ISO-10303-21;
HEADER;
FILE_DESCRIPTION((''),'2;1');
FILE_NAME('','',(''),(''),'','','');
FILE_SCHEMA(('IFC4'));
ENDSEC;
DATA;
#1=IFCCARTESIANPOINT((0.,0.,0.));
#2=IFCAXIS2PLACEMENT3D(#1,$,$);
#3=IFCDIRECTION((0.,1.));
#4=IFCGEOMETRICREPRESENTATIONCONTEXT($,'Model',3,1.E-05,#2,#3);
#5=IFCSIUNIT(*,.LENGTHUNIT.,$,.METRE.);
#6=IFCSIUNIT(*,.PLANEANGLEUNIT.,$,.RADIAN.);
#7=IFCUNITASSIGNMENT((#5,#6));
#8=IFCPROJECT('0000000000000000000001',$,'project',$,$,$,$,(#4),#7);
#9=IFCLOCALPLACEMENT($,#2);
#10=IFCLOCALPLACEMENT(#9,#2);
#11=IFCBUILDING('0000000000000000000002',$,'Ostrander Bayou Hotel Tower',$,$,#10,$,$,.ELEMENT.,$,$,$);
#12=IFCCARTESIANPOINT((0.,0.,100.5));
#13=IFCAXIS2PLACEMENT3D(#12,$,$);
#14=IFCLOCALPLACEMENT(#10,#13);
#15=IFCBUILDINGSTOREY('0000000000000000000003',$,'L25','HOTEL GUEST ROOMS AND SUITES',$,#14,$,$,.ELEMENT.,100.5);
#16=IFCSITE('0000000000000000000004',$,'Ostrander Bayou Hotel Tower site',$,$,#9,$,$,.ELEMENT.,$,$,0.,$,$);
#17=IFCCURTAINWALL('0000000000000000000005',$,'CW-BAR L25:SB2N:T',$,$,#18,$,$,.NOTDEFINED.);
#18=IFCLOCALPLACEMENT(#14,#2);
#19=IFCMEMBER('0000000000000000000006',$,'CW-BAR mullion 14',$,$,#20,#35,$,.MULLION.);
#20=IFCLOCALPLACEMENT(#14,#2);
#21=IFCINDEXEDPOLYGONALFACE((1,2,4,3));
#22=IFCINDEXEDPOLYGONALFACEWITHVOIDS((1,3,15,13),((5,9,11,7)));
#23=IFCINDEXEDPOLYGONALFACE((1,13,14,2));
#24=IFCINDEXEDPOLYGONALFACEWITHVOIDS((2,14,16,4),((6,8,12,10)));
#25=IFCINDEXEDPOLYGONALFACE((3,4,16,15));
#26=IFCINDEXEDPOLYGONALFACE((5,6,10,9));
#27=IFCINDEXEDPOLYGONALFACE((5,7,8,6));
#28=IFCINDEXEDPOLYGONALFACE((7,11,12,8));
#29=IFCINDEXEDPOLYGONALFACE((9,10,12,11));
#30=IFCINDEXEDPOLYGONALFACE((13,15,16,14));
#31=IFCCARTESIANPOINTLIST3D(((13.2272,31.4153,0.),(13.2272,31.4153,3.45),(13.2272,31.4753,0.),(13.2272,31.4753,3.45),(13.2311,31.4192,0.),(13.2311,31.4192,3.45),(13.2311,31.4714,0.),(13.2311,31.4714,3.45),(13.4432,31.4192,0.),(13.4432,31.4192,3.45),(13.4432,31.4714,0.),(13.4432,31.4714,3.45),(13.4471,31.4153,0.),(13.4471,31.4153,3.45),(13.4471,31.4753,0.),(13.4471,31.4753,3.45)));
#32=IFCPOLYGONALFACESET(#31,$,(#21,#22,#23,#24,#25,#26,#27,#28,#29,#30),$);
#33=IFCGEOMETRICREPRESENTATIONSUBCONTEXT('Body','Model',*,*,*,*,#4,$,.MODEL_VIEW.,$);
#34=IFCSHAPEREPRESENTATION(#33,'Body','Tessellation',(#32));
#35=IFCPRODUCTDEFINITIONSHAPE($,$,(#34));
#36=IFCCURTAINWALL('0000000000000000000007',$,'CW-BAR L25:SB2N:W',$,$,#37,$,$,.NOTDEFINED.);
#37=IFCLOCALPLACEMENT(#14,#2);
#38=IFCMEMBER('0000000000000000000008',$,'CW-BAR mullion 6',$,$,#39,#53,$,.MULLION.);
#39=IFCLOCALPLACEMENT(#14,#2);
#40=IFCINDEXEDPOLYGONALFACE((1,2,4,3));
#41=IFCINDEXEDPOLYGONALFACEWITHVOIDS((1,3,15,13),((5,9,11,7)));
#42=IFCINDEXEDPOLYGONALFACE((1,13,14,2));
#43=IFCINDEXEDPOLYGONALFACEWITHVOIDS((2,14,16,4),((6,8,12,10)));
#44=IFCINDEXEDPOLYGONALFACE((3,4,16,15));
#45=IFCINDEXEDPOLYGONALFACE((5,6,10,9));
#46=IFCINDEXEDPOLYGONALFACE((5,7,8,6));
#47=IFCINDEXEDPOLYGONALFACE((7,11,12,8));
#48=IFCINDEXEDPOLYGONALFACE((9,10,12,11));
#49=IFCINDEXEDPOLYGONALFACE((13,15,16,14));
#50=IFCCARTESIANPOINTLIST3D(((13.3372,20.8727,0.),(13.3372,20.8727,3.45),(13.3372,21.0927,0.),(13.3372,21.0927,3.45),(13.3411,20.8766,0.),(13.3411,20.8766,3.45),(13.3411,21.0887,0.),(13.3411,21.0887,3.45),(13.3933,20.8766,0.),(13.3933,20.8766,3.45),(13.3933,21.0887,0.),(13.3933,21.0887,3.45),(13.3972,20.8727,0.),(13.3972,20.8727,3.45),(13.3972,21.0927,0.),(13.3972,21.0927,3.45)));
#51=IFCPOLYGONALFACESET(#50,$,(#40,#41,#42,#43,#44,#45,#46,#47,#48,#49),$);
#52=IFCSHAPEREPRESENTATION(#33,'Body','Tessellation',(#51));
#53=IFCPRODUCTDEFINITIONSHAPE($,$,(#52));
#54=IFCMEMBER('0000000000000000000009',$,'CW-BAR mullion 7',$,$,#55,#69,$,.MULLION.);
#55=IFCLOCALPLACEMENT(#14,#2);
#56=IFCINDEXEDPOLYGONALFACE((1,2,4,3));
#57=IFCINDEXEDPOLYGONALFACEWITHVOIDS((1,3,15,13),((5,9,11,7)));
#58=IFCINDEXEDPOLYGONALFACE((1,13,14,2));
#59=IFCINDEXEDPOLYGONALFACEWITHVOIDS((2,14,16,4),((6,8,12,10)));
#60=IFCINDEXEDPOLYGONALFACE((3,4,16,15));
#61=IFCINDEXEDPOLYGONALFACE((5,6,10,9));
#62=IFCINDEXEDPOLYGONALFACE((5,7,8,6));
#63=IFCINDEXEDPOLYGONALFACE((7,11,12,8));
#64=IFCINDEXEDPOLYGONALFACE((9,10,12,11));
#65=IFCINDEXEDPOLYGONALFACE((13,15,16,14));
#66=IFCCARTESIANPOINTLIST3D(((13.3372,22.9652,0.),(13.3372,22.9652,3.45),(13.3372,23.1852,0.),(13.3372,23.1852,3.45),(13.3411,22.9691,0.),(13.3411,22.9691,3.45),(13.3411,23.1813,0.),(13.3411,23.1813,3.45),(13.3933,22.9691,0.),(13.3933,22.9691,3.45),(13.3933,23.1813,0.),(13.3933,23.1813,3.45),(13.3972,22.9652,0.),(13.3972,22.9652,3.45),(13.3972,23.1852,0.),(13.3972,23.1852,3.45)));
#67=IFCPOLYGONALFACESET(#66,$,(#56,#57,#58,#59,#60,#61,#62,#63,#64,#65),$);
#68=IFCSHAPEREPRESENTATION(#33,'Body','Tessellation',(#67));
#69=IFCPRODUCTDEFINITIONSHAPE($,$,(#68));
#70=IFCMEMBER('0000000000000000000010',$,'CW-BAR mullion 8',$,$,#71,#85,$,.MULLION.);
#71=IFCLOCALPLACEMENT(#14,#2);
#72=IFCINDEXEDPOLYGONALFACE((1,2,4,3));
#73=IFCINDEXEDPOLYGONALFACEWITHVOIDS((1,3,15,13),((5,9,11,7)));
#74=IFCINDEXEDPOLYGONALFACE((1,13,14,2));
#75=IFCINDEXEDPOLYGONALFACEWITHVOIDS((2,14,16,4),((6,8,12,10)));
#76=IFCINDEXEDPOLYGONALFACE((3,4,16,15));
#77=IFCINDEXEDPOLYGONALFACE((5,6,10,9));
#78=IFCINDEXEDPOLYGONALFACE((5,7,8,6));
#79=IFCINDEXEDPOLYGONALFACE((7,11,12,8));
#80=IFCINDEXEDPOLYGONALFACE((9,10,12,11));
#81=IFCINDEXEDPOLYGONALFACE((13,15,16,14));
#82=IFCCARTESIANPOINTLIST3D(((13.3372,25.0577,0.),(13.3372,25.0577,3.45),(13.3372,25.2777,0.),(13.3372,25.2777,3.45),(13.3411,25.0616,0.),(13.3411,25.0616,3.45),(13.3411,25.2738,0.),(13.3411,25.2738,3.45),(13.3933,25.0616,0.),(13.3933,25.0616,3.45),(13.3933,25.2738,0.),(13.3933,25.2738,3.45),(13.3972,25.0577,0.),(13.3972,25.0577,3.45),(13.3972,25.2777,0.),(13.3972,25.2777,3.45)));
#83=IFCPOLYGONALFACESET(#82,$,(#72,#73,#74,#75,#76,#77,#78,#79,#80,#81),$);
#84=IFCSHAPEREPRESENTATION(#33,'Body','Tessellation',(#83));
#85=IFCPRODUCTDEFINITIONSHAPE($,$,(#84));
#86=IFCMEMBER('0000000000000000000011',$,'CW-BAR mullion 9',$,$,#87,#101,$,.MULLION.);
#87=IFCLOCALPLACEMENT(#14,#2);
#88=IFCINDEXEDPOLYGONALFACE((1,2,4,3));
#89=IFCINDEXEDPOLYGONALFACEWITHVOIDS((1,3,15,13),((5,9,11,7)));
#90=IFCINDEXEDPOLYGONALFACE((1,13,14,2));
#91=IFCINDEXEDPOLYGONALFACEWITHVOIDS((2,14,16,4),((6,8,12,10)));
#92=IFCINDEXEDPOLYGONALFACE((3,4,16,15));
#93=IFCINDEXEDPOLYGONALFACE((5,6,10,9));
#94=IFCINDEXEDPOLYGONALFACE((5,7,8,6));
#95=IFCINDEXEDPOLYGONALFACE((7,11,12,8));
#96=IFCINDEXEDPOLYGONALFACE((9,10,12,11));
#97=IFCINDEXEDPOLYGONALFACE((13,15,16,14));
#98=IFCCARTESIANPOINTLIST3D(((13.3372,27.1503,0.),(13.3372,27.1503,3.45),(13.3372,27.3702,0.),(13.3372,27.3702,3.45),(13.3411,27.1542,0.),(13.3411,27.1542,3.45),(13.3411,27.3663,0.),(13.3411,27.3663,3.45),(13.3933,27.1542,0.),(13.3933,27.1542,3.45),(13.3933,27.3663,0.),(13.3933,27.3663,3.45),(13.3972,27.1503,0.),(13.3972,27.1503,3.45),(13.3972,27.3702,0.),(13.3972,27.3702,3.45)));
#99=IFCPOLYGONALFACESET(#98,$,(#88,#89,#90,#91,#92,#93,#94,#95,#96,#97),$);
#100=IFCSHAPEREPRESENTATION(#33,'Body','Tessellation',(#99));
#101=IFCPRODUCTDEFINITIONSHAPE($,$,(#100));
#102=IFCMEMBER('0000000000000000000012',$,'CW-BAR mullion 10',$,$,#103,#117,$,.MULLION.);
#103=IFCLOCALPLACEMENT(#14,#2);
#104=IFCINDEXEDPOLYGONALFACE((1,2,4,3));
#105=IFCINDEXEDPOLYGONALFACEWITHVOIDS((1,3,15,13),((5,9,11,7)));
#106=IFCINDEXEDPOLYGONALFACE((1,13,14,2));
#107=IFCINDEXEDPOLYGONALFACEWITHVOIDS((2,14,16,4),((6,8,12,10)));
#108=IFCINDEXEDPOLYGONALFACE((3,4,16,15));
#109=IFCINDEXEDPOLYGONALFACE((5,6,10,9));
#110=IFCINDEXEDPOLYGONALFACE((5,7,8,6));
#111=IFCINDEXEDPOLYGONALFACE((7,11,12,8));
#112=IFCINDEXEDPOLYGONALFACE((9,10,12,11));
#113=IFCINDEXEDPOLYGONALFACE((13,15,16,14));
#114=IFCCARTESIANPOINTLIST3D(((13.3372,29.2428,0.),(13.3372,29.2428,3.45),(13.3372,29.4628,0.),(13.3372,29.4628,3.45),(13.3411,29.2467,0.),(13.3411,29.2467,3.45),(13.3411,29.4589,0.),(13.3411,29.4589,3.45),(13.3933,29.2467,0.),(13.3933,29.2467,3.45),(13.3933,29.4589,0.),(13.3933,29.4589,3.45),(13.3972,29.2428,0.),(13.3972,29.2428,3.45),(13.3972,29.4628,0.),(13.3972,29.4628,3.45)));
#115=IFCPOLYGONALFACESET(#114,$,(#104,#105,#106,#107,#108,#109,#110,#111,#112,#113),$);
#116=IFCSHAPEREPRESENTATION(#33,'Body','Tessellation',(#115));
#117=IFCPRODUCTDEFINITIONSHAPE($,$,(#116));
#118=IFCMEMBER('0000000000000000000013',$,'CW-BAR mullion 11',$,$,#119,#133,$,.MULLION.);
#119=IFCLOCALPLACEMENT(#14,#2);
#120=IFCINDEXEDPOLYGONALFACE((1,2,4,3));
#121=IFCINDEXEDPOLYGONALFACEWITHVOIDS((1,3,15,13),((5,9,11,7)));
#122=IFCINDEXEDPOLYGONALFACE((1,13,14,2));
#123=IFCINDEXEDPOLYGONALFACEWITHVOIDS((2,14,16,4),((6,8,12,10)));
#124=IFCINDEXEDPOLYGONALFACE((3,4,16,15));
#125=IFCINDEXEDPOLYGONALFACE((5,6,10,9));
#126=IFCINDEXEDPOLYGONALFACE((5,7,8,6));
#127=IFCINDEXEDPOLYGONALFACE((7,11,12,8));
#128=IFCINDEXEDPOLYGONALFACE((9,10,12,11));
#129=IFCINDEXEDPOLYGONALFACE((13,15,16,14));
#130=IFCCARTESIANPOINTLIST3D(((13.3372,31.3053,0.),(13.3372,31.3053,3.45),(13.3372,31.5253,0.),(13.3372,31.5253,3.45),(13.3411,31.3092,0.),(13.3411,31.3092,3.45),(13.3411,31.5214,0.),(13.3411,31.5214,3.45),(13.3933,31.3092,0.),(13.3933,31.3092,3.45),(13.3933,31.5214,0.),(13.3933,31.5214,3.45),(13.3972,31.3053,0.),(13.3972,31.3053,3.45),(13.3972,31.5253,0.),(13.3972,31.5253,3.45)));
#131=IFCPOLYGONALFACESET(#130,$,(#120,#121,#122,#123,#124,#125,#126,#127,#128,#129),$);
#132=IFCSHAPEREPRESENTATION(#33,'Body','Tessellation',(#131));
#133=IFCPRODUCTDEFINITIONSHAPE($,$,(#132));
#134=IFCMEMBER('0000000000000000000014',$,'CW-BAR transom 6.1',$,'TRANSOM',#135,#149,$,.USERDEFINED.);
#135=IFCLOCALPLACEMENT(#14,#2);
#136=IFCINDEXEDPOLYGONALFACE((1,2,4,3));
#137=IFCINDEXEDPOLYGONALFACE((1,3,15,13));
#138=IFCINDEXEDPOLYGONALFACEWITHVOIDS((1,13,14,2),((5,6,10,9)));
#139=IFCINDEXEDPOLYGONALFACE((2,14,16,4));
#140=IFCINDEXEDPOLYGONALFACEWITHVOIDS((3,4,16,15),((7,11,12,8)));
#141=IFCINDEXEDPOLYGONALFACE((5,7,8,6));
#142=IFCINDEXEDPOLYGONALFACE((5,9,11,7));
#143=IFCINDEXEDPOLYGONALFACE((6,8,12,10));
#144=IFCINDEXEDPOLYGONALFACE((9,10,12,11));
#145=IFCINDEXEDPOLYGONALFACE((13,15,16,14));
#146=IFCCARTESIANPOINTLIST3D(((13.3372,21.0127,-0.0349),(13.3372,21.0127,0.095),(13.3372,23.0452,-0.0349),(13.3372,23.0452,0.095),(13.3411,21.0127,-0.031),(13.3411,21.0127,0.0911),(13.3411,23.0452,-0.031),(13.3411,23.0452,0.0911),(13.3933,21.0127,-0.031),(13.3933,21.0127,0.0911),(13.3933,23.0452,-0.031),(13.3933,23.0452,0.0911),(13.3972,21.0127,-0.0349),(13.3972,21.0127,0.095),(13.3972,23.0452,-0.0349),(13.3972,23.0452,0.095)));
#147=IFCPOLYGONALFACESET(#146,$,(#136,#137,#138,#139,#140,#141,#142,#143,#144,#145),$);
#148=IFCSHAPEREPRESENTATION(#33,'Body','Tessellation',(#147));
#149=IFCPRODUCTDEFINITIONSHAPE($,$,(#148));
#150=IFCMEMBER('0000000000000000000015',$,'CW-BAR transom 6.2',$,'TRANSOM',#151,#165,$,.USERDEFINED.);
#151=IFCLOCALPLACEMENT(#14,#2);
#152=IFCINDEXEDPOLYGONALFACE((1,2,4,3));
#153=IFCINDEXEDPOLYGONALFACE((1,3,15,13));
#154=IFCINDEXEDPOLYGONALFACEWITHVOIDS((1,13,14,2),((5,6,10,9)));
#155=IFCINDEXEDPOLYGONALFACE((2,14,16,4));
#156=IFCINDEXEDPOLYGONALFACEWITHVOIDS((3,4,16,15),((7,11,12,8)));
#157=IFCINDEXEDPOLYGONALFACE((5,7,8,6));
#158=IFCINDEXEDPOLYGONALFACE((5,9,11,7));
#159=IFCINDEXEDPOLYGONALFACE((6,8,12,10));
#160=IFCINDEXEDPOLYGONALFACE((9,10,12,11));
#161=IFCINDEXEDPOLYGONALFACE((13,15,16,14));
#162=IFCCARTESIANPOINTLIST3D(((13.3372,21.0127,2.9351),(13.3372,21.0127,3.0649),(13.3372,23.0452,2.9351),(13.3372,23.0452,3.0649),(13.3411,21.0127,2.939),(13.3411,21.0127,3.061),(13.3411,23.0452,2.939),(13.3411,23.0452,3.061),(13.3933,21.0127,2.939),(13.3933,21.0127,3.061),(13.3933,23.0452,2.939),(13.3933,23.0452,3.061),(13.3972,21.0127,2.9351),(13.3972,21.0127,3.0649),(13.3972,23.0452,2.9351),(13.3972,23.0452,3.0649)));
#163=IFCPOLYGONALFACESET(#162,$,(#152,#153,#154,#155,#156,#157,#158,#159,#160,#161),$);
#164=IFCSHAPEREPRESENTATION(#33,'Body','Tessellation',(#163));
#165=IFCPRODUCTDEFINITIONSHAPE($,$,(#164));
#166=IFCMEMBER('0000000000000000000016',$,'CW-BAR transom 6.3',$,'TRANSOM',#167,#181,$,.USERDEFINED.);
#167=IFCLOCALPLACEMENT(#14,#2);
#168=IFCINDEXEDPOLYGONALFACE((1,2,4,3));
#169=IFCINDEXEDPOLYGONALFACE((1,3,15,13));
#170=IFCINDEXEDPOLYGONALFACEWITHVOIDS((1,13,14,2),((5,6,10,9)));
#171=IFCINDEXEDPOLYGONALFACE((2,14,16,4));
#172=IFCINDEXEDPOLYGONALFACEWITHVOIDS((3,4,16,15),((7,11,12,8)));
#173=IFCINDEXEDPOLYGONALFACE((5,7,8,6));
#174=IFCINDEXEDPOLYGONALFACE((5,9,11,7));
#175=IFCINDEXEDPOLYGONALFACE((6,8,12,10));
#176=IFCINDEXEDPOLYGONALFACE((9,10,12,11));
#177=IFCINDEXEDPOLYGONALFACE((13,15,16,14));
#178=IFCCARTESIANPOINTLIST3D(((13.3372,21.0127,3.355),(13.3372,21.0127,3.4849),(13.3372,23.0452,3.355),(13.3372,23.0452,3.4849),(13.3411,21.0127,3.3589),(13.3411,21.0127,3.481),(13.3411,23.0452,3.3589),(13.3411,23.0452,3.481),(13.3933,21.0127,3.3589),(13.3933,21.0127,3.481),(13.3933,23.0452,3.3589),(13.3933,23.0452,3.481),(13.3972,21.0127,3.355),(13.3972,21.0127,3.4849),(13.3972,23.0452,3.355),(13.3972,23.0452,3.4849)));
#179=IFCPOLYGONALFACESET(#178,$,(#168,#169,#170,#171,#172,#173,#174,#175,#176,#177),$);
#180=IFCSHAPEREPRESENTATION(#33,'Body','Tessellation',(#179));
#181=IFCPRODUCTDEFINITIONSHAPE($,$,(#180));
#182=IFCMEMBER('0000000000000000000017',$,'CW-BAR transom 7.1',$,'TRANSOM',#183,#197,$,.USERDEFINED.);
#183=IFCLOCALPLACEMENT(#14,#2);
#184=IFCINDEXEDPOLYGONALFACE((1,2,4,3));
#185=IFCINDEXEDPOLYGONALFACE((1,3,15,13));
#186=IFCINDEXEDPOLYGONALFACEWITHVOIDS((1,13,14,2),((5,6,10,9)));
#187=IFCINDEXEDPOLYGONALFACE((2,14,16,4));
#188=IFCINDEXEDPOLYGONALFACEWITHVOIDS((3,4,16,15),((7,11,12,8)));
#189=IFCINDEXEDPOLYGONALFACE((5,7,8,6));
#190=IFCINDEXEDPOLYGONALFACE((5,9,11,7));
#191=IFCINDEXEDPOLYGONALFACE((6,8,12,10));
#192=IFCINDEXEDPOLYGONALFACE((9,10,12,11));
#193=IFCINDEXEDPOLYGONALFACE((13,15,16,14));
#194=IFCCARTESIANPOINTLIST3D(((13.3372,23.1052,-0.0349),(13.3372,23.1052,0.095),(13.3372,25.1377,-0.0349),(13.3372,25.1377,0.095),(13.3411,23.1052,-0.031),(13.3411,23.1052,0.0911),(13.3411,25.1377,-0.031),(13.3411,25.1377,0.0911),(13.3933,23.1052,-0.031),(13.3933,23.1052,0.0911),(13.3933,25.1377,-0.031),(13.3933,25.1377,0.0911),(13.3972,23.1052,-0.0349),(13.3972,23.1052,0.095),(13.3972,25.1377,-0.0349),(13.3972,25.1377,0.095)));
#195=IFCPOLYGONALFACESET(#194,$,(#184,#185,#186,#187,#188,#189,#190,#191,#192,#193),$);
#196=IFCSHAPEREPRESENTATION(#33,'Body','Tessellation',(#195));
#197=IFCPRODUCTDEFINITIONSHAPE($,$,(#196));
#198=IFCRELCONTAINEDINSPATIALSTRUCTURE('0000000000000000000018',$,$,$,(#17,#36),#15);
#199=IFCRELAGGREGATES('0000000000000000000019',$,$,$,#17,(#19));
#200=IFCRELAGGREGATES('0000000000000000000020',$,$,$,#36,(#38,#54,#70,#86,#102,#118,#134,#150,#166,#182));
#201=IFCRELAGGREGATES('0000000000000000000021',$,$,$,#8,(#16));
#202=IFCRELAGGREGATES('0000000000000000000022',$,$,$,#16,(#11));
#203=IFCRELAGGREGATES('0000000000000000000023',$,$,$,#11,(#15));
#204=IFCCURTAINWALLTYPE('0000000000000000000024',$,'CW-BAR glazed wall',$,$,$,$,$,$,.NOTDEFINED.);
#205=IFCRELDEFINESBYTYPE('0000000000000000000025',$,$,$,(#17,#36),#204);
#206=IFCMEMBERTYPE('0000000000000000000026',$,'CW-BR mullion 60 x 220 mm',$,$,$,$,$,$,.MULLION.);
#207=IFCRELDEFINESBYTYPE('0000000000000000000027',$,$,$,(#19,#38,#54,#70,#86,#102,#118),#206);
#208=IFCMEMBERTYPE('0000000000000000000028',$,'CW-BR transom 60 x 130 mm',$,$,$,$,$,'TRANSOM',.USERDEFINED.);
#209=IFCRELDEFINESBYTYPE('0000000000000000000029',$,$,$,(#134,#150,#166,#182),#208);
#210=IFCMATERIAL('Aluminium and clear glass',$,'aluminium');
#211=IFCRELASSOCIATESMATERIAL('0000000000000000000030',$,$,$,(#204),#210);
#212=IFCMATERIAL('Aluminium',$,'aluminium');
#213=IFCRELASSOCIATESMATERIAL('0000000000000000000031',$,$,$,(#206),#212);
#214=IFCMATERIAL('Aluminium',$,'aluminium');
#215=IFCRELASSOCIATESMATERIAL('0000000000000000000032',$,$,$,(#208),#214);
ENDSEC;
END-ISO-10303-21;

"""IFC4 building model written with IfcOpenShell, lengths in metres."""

from ifc_helpers import new_model, si_unit, direction, frame, origin, origin_2d, place, context, subcontext, project, spatial, hollow_rectangle, extrude, material, material_profile, profile_set, type_object, element, aggregate, save


model = new_model("IFC4")

# Units and contexts
model_context = context("Model", 3, precision=1e-05, world=origin(), true_north=direction((0.0, 1.0)))
body_context = subcontext(model_context, "Body", "Model", "MODEL_VIEW")
ifc_project = project(units=[si_unit("LENGTHUNIT", "METRE"), si_unit("PLANEANGLEUNIT", "RADIAN")], contexts=[model_context])

# Site, building, storey
site_placement = place(None, origin())
site = spatial("IfcSite", under=ifc_project, at=site_placement, Name="Ostrander Bayou Hotel Tower site", CompositionType="ELEMENT", RefElevation=0.0)
building_placement = place(site_placement, origin())
building = spatial("IfcBuilding", under=site, at=building_placement, Name="Ostrander Bayou Hotel Tower", CompositionType="ELEMENT")
storey_placement = place(building_placement, frame((0.0, 0.0, 100.5)))
storey = spatial("IfcBuildingStorey", under=building, at=storey_placement, Name="L25", Description="HOTEL GUEST ROOMS AND SUITES", CompositionType="ELEMENT", Elevation=100.5)

# Curtain wall, member
ifc_material_1 = material(Name="Aluminium and clear glass", Category="aluminium")
curtain_wall_type = type_object("IfcCurtainWallType", Name="CW-BAR glazed wall", PredefinedType="NOTDEFINED", material=ifc_material_1)
curtain_wall_1_placement = place(storey_placement, origin())
curtain_wall_1 = element("IfcCurtainWall", 1, at=curtain_wall_1_placement, inside=storey, type_object=curtain_wall_type, Name="CW-BAR L25:SB2N:T", PredefinedType="NOTDEFINED")
ifc_material_2 = material(Name="Aluminium", Category="aluminium")
ifc_material_profile_1 = material_profile(ifc_material_2, hollow_rectangle(XDim=0.0601, YDim=0.22, WallThickness=0.0039, at=origin_2d()))
ifc_profile_set_1 = profile_set([ifc_material_profile_1], Name="Aluminium")
member_type_1 = type_object("IfcMemberType", Name="CW-BR mullion 60 x 220 mm", PredefinedType="MULLION", material=ifc_profile_set_1)
member_1_placement = place(storey_placement, frame((13.3372, 31.4453, 0.0), z_axis=(0.0, 0.0, 1.0), x_axis=(0.0, 1.0, 0.0)))
member_1 = element("IfcMember", 2, at=member_1_placement, type_object=member_type_1, Name="CW-BAR mullion 14", PredefinedType="MULLION", context=body_context, shape_type="SweptSolid", body=[
    extrude(hollow_rectangle(XDim=0.0601, YDim=0.22, WallThickness=0.0039, at=origin_2d()), origin(), (0.0, 0.0, 1.0), 3.45),
])

# Curtain wall, members
curtain_wall_2_placement = place(storey_placement, origin())
curtain_wall_2 = element("IfcCurtainWall", 3, at=curtain_wall_2_placement, inside=storey, type_object=curtain_wall_type, Name="CW-BAR L25:SB2N:W", PredefinedType="NOTDEFINED")
member_2_placement = place(storey_placement, frame((13.3672, 20.9827, 0.0), z_axis=(0.0, 0.0, 1.0), x_axis=(-1.0, 0.0, 0.0)))
member_2 = element("IfcMember", 4, at=member_2_placement, type_object=member_type_1, Name="CW-BAR mullion 6", PredefinedType="MULLION", context=body_context, shape_type="SweptSolid", body=[
    extrude(hollow_rectangle(XDim=0.0601, YDim=0.22, WallThickness=0.0039, at=origin_2d()), origin(), (0.0, 0.0, 1.0), 3.45),
])
member_3_placement = place(storey_placement, frame((13.3672, 23.0752, 0.0), z_axis=(0.0, 0.0, 1.0), x_axis=(-1.0, 0.0, 0.0)))
member_3 = element("IfcMember", 5, at=member_3_placement, type_object=member_type_1, Name="CW-BAR mullion 7", PredefinedType="MULLION", context=body_context, shape_type="SweptSolid", body=[
    extrude(hollow_rectangle(XDim=0.0601, YDim=0.22, WallThickness=0.0039, at=origin_2d()), origin(), (0.0, 0.0, 1.0), 3.45),
])
member_4_placement = place(storey_placement, frame((13.3672, 25.1677, 0.0), z_axis=(0.0, 0.0, 1.0), x_axis=(-1.0, 0.0, 0.0)))
member_4 = element("IfcMember", 6, at=member_4_placement, type_object=member_type_1, Name="CW-BAR mullion 8", PredefinedType="MULLION", context=body_context, shape_type="SweptSolid", body=[
    extrude(hollow_rectangle(XDim=0.0601, YDim=0.22, WallThickness=0.0039, at=origin_2d()), origin(), (0.0, 0.0, 1.0), 3.45),
])
member_5_placement = place(storey_placement, frame((13.3672, 27.2603, 0.0), z_axis=(0.0, 0.0, 1.0), x_axis=(-1.0, 0.0, 0.0)))
member_5 = element("IfcMember", 7, at=member_5_placement, type_object=member_type_1, Name="CW-BAR mullion 9", PredefinedType="MULLION", context=body_context, shape_type="SweptSolid", body=[
    extrude(hollow_rectangle(XDim=0.0601, YDim=0.22, WallThickness=0.0039, at=origin_2d()), origin(), (0.0, 0.0, 1.0), 3.45),
])
member_6_placement = place(storey_placement, frame((13.3672, 29.3528, 0.0), z_axis=(0.0, 0.0, 1.0), x_axis=(-1.0, 0.0, 0.0)))
member_6 = element("IfcMember", 8, at=member_6_placement, type_object=member_type_1, Name="CW-BAR mullion 10", PredefinedType="MULLION", context=body_context, shape_type="SweptSolid", body=[
    extrude(hollow_rectangle(XDim=0.0601, YDim=0.22, WallThickness=0.0039, at=origin_2d()), origin(), (0.0, 0.0, 1.0), 3.45),
])
member_7_placement = place(storey_placement, frame((13.3672, 31.4153, 0.0), z_axis=(0.0, 0.0, 1.0), x_axis=(-1.0, 0.0, 0.0)))
member_7 = element("IfcMember", 9, at=member_7_placement, type_object=member_type_1, Name="CW-BAR mullion 11", PredefinedType="MULLION", context=body_context, shape_type="SweptSolid", body=[
    extrude(hollow_rectangle(XDim=0.0601, YDim=0.22, WallThickness=0.0039, at=origin_2d()), origin(), (0.0, 0.0, 1.0), 3.45),
])
ifc_material_3 = material(Name="Aluminium", Category="aluminium")
ifc_material_profile_2 = material_profile(ifc_material_3, hollow_rectangle(XDim=0.0601, YDim=0.1299, WallThickness=0.0039, at=origin_2d()))
ifc_profile_set_2 = profile_set([ifc_material_profile_2], Name="Aluminium")
member_type_2 = type_object("IfcMemberType", Name="CW-BR transom 60 x 130 mm", ElementType="TRANSOM", PredefinedType="USERDEFINED", material=ifc_profile_set_2)
member_8_placement = place(storey_placement, frame((13.3672, 21.0127, 0.03), z_axis=(0.0, 1.0, 0.0), x_axis=(-1.0, 0.0, 0.0)))
member_8 = element("IfcMember", 10, at=member_8_placement, type_object=member_type_2, Name="CW-BAR transom 6.1", ObjectType="TRANSOM", PredefinedType="USERDEFINED", context=body_context, shape_type="SweptSolid", body=[
    extrude(hollow_rectangle(XDim=0.0601, YDim=0.1299, WallThickness=0.0039, at=origin_2d()), origin(), (0.0, 0.0, 1.0), 2.0325),
])
member_9_placement = place(storey_placement, frame((13.3672, 21.0127, 3.0), z_axis=(0.0, 1.0, 0.0), x_axis=(-1.0, 0.0, 0.0)))
member_9 = element("IfcMember", 11, at=member_9_placement, type_object=member_type_2, Name="CW-BAR transom 6.2", ObjectType="TRANSOM", PredefinedType="USERDEFINED", context=body_context, shape_type="SweptSolid", body=[
    extrude(hollow_rectangle(XDim=0.0601, YDim=0.1299, WallThickness=0.0039, at=origin_2d()), origin(), (0.0, 0.0, 1.0), 2.0325),
])
member_10_placement = place(storey_placement, frame((13.3672, 21.0127, 3.4199), z_axis=(0.0, 1.0, 0.0), x_axis=(-1.0, 0.0, 0.0)))
member_10 = element("IfcMember", 12, at=member_10_placement, type_object=member_type_2, Name="CW-BAR transom 6.3", ObjectType="TRANSOM", PredefinedType="USERDEFINED", context=body_context, shape_type="SweptSolid", body=[
    extrude(hollow_rectangle(XDim=0.0601, YDim=0.1299, WallThickness=0.0039, at=origin_2d()), origin(), (0.0, 0.0, 1.0), 2.0325),
])
member_11_placement = place(storey_placement, frame((13.3672, 23.1052, 0.03), z_axis=(0.0, 1.0, 0.0), x_axis=(-1.0, 0.0, 0.0)))
member_11 = element("IfcMember", 13, at=member_11_placement, type_object=member_type_2, Name="CW-BAR transom 7.1", ObjectType="TRANSOM", PredefinedType="USERDEFINED", context=body_context, shape_type="SweptSolid", body=[
    extrude(hollow_rectangle(XDim=0.0601, YDim=0.1299, WallThickness=0.0039, at=origin_2d()), origin(), (0.0, 0.0, 1.0), 2.0325),
])

aggregate(curtain_wall_1, [member_1])
aggregate(curtain_wall_2, [member_2, member_3, member_4, member_5, member_6, member_7, member_8, member_9, member_10, member_11])

save(model, "model.ifc")
